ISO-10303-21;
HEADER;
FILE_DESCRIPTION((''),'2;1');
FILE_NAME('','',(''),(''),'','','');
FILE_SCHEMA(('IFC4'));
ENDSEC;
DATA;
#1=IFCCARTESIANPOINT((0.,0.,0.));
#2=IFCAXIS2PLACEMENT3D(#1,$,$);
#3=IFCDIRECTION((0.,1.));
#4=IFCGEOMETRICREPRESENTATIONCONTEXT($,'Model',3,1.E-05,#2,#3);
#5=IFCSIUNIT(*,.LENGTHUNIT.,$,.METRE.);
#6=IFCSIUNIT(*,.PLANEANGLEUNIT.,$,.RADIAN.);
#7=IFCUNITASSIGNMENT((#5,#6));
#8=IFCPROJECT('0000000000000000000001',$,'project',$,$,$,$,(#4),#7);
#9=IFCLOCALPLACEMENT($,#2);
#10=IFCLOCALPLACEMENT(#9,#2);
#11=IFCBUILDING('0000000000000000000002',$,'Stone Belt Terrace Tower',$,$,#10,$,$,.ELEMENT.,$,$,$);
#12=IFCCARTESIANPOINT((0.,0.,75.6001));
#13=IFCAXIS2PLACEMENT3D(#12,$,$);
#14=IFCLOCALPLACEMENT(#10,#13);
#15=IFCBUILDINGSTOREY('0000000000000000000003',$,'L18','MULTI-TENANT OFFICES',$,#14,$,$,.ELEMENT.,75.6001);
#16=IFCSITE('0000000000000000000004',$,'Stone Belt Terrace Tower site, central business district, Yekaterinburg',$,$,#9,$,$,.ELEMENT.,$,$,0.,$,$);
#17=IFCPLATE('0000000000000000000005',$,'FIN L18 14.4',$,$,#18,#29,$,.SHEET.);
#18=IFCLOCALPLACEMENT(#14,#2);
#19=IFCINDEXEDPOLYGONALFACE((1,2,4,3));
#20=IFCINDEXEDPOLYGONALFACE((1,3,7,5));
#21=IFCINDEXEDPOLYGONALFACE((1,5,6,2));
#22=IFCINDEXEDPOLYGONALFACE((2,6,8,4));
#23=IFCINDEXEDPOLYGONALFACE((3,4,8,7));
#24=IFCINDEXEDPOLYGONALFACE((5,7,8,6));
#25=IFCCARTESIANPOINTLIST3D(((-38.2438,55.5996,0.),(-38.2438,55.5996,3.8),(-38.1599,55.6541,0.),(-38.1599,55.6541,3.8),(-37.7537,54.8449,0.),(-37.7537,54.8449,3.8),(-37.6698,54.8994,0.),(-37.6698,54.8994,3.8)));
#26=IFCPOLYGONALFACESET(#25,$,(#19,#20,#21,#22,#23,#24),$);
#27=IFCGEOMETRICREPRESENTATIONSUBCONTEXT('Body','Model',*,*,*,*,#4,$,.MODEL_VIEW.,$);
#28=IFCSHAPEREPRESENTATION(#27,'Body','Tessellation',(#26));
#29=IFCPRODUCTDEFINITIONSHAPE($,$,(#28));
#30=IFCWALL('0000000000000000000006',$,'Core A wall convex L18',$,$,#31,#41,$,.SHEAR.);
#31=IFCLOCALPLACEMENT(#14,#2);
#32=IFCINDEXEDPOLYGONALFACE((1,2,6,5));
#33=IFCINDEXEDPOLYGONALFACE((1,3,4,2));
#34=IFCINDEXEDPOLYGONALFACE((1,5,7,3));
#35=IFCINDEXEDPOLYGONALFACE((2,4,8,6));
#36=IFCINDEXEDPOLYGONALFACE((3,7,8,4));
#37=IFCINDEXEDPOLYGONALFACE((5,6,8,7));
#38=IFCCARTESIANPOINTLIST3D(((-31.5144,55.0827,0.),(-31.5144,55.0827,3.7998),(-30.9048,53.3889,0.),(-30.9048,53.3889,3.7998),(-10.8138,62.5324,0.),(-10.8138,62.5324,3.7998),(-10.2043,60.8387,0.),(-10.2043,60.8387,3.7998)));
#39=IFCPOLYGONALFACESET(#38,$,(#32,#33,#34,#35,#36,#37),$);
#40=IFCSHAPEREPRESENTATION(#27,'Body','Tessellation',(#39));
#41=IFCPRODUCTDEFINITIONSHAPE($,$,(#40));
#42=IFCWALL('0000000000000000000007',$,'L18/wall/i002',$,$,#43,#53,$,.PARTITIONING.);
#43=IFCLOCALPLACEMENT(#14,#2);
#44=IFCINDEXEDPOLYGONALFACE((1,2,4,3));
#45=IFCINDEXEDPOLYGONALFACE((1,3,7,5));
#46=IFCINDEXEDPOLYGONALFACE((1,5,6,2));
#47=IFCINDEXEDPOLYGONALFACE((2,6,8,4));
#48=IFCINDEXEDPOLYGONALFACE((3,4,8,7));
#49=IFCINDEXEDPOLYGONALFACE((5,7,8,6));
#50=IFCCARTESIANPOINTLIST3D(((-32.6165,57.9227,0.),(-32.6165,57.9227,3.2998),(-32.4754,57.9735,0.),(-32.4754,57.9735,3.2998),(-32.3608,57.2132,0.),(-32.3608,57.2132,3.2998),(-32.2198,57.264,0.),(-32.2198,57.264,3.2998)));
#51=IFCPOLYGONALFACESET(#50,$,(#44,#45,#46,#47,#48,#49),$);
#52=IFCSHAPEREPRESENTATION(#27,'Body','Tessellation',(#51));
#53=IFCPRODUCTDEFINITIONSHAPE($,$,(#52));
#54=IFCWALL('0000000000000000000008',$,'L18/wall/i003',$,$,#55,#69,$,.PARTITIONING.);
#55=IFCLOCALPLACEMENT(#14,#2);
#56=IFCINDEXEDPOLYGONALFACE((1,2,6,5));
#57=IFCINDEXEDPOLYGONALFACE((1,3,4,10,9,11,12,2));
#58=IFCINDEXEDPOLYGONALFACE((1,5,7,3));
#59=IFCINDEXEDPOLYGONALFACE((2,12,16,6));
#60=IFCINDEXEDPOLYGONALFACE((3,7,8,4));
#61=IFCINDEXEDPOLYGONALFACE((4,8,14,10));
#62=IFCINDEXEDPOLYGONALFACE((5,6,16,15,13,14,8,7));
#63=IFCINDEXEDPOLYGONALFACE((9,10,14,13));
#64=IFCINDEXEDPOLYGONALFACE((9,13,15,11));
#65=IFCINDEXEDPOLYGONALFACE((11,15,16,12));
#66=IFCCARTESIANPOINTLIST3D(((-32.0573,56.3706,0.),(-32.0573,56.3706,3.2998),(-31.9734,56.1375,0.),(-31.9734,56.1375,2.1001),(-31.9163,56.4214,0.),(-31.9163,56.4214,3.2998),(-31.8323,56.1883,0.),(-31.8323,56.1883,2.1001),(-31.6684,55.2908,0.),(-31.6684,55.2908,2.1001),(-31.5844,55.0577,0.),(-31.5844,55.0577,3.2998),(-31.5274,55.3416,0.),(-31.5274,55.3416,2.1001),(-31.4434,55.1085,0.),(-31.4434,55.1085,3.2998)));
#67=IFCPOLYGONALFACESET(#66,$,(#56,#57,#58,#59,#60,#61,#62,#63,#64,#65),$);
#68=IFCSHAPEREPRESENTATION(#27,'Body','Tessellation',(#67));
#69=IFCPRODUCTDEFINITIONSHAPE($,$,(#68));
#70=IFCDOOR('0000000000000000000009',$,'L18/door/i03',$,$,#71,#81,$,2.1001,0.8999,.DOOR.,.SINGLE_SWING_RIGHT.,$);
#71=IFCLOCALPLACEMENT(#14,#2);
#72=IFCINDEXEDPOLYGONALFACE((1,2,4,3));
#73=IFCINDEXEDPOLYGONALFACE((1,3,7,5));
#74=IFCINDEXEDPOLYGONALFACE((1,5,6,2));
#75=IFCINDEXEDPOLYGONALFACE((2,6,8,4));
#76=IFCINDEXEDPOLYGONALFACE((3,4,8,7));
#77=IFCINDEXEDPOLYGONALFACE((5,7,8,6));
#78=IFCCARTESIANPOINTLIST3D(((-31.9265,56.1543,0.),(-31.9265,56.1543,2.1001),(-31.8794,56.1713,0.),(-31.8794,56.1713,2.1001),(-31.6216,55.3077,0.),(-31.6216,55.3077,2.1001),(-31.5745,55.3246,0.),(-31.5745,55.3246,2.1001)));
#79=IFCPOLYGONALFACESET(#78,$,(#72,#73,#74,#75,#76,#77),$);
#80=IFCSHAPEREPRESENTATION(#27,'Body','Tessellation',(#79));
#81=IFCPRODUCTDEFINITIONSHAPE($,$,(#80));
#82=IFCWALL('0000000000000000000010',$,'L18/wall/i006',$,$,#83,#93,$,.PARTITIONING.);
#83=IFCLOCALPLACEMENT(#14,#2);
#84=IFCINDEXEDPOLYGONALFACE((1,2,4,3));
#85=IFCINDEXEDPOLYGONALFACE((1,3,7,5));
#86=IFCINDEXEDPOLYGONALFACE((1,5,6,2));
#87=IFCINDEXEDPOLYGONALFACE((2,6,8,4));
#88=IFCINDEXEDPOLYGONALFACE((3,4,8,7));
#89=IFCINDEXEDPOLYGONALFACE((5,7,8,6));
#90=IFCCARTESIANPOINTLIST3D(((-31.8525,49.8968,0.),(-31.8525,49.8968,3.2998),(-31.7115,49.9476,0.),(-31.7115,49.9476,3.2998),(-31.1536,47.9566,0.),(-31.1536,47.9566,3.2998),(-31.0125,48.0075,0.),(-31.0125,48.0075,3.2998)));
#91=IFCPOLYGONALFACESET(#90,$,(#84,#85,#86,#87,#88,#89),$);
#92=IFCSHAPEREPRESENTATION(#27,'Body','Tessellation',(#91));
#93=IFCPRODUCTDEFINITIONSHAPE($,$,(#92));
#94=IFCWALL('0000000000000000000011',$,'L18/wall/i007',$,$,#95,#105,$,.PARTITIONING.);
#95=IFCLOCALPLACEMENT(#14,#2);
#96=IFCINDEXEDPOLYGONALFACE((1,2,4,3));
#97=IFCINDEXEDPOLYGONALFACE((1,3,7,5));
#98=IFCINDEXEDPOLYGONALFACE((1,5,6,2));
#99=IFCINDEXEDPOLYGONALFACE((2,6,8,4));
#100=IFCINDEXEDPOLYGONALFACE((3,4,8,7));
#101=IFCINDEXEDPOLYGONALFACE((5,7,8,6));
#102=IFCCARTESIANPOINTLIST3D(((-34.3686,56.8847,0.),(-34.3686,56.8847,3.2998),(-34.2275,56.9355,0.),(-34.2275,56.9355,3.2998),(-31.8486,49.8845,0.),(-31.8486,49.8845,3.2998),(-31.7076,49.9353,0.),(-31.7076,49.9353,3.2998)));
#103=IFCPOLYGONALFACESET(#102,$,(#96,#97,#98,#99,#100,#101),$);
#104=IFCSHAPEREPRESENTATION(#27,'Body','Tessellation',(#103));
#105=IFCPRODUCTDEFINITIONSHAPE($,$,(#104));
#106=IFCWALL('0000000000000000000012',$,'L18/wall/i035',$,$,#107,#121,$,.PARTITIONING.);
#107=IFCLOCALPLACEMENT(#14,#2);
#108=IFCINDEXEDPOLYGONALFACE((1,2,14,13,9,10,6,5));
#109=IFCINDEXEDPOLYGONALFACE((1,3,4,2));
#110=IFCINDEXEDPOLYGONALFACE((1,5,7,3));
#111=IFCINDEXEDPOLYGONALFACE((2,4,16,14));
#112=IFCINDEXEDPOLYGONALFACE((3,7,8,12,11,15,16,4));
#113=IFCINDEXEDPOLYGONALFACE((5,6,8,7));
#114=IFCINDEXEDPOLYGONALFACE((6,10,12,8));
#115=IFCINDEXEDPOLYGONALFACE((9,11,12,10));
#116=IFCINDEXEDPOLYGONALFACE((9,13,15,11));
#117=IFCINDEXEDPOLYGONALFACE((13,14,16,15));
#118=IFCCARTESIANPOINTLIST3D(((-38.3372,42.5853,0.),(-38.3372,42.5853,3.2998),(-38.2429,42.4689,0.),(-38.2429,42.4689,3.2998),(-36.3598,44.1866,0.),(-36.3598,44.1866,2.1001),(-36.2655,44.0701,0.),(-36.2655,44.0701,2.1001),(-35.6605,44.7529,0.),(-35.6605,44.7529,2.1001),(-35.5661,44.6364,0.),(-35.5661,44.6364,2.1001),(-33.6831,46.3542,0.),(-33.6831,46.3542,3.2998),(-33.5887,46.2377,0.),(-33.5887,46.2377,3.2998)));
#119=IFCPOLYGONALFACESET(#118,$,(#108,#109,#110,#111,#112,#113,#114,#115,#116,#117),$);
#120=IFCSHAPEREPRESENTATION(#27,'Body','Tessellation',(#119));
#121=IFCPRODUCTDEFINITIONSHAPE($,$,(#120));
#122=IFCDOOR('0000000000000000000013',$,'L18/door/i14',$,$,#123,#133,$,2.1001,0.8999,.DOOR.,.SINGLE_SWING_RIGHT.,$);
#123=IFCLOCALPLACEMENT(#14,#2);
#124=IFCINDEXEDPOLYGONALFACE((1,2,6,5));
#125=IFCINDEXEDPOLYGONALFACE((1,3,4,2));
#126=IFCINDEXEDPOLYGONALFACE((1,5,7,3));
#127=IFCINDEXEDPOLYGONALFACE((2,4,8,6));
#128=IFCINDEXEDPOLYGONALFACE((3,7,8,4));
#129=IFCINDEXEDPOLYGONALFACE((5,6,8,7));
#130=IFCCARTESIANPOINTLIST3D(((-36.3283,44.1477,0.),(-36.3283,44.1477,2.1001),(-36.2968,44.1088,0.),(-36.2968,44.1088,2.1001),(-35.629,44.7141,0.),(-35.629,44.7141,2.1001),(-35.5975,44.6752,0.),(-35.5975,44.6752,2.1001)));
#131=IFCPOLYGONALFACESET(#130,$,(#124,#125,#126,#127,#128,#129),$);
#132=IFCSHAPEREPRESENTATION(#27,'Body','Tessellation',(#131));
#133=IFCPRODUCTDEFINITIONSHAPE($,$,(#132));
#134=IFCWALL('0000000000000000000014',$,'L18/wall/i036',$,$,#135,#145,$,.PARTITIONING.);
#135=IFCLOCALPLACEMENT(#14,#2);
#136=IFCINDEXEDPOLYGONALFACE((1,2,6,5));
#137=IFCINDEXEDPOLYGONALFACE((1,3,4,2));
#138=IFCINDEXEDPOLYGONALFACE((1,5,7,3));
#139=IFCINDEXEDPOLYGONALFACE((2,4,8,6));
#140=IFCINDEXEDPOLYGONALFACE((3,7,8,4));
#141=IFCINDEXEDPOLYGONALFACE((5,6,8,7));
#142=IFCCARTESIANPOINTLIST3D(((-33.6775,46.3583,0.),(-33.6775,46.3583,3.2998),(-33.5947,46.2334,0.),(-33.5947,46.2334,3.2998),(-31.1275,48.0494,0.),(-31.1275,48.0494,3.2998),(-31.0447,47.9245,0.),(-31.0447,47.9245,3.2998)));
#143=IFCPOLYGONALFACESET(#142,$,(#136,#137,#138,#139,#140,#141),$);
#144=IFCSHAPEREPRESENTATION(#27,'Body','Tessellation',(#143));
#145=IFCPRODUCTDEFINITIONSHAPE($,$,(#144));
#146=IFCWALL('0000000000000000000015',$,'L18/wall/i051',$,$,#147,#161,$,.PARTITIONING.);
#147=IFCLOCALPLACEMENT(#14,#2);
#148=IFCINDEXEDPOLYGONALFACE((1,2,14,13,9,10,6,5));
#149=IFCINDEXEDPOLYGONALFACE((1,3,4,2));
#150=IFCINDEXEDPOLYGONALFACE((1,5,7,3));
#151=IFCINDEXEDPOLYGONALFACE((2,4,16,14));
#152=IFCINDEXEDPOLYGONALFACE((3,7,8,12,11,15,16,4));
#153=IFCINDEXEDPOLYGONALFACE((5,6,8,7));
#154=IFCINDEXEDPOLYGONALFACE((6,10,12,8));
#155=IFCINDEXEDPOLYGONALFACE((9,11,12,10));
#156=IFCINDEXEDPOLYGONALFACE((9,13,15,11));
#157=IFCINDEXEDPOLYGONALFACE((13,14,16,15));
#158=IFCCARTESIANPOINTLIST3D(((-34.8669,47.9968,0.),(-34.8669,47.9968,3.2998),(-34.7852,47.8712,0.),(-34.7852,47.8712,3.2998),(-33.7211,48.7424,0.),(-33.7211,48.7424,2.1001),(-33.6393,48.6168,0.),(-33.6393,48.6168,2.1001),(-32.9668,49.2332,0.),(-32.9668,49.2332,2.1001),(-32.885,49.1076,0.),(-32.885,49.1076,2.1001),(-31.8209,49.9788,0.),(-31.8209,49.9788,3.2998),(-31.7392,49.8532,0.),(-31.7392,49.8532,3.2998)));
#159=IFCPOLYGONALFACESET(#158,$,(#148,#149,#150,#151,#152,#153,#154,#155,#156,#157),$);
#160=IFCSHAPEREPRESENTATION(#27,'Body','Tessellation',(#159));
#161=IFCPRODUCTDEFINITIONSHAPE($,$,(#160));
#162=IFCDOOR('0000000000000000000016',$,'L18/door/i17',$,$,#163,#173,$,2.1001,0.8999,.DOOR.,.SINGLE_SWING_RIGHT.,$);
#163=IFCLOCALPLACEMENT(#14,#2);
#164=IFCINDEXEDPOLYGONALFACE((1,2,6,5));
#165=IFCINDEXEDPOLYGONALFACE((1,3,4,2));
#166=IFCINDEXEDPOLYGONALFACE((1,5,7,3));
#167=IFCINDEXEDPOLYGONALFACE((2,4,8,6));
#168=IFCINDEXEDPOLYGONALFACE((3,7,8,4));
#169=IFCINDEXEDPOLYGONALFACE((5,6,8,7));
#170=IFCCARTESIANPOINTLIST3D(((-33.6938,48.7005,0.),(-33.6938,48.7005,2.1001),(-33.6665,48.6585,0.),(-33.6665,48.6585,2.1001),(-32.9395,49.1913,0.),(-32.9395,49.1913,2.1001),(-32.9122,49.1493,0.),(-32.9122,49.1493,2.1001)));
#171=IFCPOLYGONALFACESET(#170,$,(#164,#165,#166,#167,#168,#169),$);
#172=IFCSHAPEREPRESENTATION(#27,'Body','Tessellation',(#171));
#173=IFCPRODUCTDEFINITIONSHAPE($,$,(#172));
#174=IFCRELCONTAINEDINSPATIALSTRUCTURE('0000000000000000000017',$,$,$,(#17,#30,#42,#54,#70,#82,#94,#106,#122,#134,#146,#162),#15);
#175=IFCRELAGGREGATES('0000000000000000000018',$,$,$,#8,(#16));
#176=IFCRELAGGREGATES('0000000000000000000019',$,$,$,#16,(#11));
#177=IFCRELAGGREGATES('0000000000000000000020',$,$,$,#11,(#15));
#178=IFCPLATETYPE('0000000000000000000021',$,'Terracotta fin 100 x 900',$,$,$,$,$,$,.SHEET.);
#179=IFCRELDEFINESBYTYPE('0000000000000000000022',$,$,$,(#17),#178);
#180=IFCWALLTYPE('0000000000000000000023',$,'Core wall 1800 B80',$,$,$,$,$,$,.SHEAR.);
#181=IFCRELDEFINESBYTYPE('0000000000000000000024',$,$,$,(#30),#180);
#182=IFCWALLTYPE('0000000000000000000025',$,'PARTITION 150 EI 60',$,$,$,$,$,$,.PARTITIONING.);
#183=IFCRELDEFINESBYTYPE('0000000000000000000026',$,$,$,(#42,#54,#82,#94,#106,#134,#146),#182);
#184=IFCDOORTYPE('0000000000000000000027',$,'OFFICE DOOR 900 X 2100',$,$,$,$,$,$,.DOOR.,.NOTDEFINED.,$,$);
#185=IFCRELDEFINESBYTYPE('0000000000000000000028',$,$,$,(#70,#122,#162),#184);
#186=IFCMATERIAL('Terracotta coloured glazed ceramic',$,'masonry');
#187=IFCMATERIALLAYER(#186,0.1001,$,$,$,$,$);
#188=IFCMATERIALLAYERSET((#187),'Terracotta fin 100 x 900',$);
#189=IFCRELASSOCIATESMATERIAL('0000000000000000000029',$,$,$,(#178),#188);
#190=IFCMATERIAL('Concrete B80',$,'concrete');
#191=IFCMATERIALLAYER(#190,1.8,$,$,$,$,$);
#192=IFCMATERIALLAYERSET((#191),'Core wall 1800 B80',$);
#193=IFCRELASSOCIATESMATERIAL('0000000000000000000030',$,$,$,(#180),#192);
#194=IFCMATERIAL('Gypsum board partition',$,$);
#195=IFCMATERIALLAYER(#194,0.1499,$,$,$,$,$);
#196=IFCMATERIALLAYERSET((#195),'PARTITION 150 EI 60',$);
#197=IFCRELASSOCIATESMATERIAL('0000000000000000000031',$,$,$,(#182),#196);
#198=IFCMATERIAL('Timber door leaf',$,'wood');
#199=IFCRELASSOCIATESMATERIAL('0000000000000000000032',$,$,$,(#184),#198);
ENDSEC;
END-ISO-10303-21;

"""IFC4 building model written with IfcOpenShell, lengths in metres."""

from ifc_helpers import new_model, si_unit, direction, frame, frame_2d, origin, origin_2d, place, context, subcontext, project, spatial, rectangle, extrude, material, layer, layer_set, type_object, element, fill, save


model = new_model("IFC4")

# Units and contexts
model_context = context("Model", 3, precision=1e-05, world=origin(), true_north=direction((0.0, 1.0)))
body_context = subcontext(model_context, "Body", "Model", "MODEL_VIEW")
ifc_project = project(units=[si_unit("LENGTHUNIT", "METRE"), si_unit("PLANEANGLEUNIT", "RADIAN")], contexts=[model_context])

# Site, building, storey
site_placement = place(None, origin())
site = spatial("IfcSite", under=ifc_project, at=site_placement, Name="Stone Belt Terrace Tower site, central business district, Yekaterinburg", CompositionType="ELEMENT", RefElevation=0.0)
building_placement = place(site_placement, origin())
building = spatial("IfcBuilding", under=site, at=building_placement, Name="Stone Belt Terrace Tower", CompositionType="ELEMENT")
storey_placement = place(building_placement, frame((0.0, 0.0, 75.6001)))
storey = spatial("IfcBuildingStorey", under=building, at=storey_placement, Name="L18", Description="MULTI-TENANT OFFICES", CompositionType="ELEMENT", Elevation=75.6001)

# Shared definitions
ifc_material_1 = material(Name="Concrete B80", Category="concrete")

# Plate
ifc_material_2 = material(Name="Terracotta coloured glazed ceramic", Category="masonry")
ifc_layer_1 = layer(ifc_material_2, 0.1001)
ifc_layer_set_1 = layer_set([ifc_layer_1], Name="Terracotta fin 100 x 900")
plate_type_1 = type_object("IfcPlateType", Name="Terracotta fin 100 x 900", PredefinedType="SHEET", material=ifc_layer_set_1)
for number, where, z_axis, x_axis, name in (
    (1, (-37.9568, 55.2495, 0.0), (0.0, 0.0, 1.0), (-0.544639, 0.838671, 0.0), "FIN L18 14.4"),
):
    element("IfcPlate", number, at=place(storey_placement, frame(where, z_axis=z_axis, x_axis=x_axis)), inside=storey, type_object=plate_type_1, Name=name, PredefinedType="SHEET", context=body_context, shape_type="SweptSolid", body=[
        extrude(rectangle(XDim=0.8999, YDim=0.1001, at=origin_2d()), origin(), (0.0, 0.0, 1.0), 3.8),
    ])

# Walls
ifc_layer_2 = layer(ifc_material_1, 1.8)
ifc_layer_set_2 = layer_set([ifc_layer_2], Name="Core wall 1800 B80")
wall_type_1 = type_object("IfcWallType", Name="Core wall 1800 B80", PredefinedType="SHEAR", material=ifc_layer_set_2)
wall_1_placement = place(storey_placement, frame((-31.2095, 54.2358, 0.0), z_axis=(0.0, 0.0, 1.0), x_axis=(0.940923, 0.338621, 0.0)))
element("IfcWall", 2, at=wall_1_placement, inside=storey, type_object=wall_type_1, Name="Core A wall convex L18", PredefinedType="SHEAR", context=body_context, shape_type="SweptSolid", body=[
    extrude(rectangle(XDim=22.0002, YDim=1.8, at=frame_2d((11.0, 0.0))), origin(), (0.0, 0.0, 1.0), 3.7998),
])
ifc_material_3 = material(Name="Gypsum board partition")
ifc_layer_3 = layer(ifc_material_3, 0.1499)
ifc_layer_set_3 = layer_set([ifc_layer_3], Name="PARTITION 150 EI 60")
wall_type_2 = type_object("IfcWallType", Name="PARTITION 150 EI 60", PredefinedType="PARTITIONING", material=ifc_layer_set_3)
wall_2_placement = place(storey_placement, frame((-32.5459, 57.948, 0.0), z_axis=(0.0, 0.0, 1.0), x_axis=(0.33896, -0.940801, 0.0)))
element("IfcWall", 3, at=wall_2_placement, inside=storey, type_object=wall_type_2, Name="L18/wall/i002", PredefinedType="PARTITIONING", context=body_context, shape_type="SweptSolid", body=[
    extrude(rectangle(XDim=0.7542, YDim=0.1499, at=frame_2d((0.377, 0.0))), origin(), (0.0, 0.0, 1.0), 3.2998),
])

# Wall, opening, door
wall_3_placement = place(storey_placement, frame((-31.9868, 56.396, 0.0), z_axis=(0.0, 0.0, 1.0), x_axis=(0.338862, -0.940836, 0.0)))
wall_3 = element("IfcWall", 4, at=wall_3_placement, inside=storey, type_object=wall_type_2, Name="L18/wall/i003", PredefinedType="PARTITIONING", context=body_context, shape_type="SweptSolid", body=[
    extrude(rectangle(XDim=1.3955, YDim=0.1499, at=frame_2d((0.6978, 0.0))), origin(), (0.0, 0.0, 1.0), 3.2998),
])
opening_1_placement = place(wall_3_placement, frame((0.2478, 0.0, 0.0)))
opening_1 = element("IfcOpeningElement", 5, at=opening_1_placement, cuts=wall_3, PredefinedType="OPENING", context=body_context, shape_type="SweptSolid", body=[
    extrude(rectangle(XDim=0.8999, YDim=2.1001, at=frame_2d((0.45, 1.05))), frame((0.0, 0.085, 0.0), z_axis=(0.0, -1.0, 0.0), x_axis=(1.0, 0.0, 0.0)), (0.0, 0.0, 1.0), 0.1699),
])
ifc_material_4 = material(Name="Timber door leaf", Category="wood")
door_type = type_object("IfcDoorType", Name="OFFICE DOOR 900 X 2100", OperationType="NOTDEFINED", PredefinedType="DOOR", material=ifc_material_4)
door_1_placement = place(opening_1_placement, origin())
door_1 = element("IfcDoor", 6, at=door_1_placement, inside=storey, type_object=door_type, Name="L18/door/i03", OperationType="SINGLE_SWING_RIGHT", OverallHeight=2.1001, OverallWidth=0.8999, PredefinedType="DOOR", context=body_context, shape_type="SweptSolid", body=[
    extrude(rectangle(XDim=0.8999, YDim=2.1001, at=frame_2d((0.45, 1.05))), frame((0.0, 0.0249, 0.0), z_axis=(0.0, -1.0, 0.0), x_axis=(1.0, 0.0, 0.0)), (0.0, 0.0, 1.0), 0.05),
])
fill(opening_1, door_1)

# Walls
wall_4_placement = place(storey_placement, frame((-31.083, 47.9819, 0.0), z_axis=(0.0, 0.0, 1.0), x_axis=(-0.338937, 0.940809, 0.0)))
element("IfcWall", 7, at=wall_4_placement, inside=storey, type_object=wall_type_2, Name="L18/wall/i006", PredefinedType="PARTITIONING", context=body_context, shape_type="SweptSolid", body=[
    extrude(rectangle(XDim=2.0623, YDim=0.1499, at=frame_2d((1.0312, 0.0))), origin(), (0.0, 0.0, 1.0), 3.2998),
])
wall_5_placement = place(storey_placement, frame((-31.7781, 49.9099, 0.0), z_axis=(0.0, 0.0, 1.0), x_axis=(-0.338711, 0.94089, 0.0)))
element("IfcWall", 8, at=wall_5_placement, inside=storey, type_object=wall_type_2, Name="L18/wall/i007", PredefinedType="PARTITIONING", context=body_context, shape_type="SweptSolid", body=[
    extrude(rectangle(XDim=7.4399, YDim=0.1499, at=frame_2d((3.72, 0.0))), origin(), (0.0, 0.0, 1.0), 3.2998),
])

# Wall, opening, door
wall_6_placement = place(storey_placement, frame((-38.29, 42.5271, 0.0), z_axis=(0.0, 0.0, 1.0), x_axis=(0.777144, 0.629323, 0.0)))
wall_6 = element("IfcWall", 9, at=wall_6_placement, inside=storey, type_object=wall_type_2, Name="L18/wall/i035", PredefinedType="PARTITIONING", context=body_context, shape_type="SweptSolid", body=[
    extrude(rectangle(XDim=5.9888, YDim=0.1499, at=frame_2d((2.9944, 0.0))), origin(), (0.0, 0.0, 1.0), 3.2998),
])
opening_2_placement = place(wall_6_placement, frame((2.5444, 0.0, 0.0)))
opening_2 = element("IfcOpeningElement", 10, at=opening_2_placement, cuts=wall_6, PredefinedType="OPENING", context=body_context, shape_type="SweptSolid", body=[
    extrude(rectangle(XDim=0.8999, YDim=2.1001, at=frame_2d((0.45, 1.05))), frame((0.0, 0.085, 0.0), z_axis=(0.0, -1.0, 0.0), x_axis=(1.0, 0.0, 0.0)), (0.0, 0.0, 1.0), 0.1699),
])
door_2_placement = place(opening_2_placement, origin())
door_2 = element("IfcDoor", 11, at=door_2_placement, inside=storey, type_object=door_type, Name="L18/door/i14", OperationType="SINGLE_SWING_RIGHT", OverallHeight=2.1001, OverallWidth=0.8999, PredefinedType="DOOR", context=body_context, shape_type="SweptSolid", body=[
    extrude(rectangle(XDim=0.8999, YDim=2.1001, at=frame_2d((0.45, 1.05))), frame((0.0, 0.0249, 0.0), z_axis=(0.0, -1.0, 0.0), x_axis=(1.0, 0.0, 0.0)), (0.0, 0.0, 1.0), 0.05),
])
fill(opening_2, door_2)

# Wall
wall_7_placement = place(storey_placement, frame((-33.636, 46.2959, 0.0), z_axis=(0.0, 0.0, 1.0), x_axis=(0.833386, 0.552692, 0.0)))
element("IfcWall", 12, at=wall_7_placement, inside=storey, type_object=wall_type_2, Name="L18/wall/i036", PredefinedType="PARTITIONING", context=body_context, shape_type="SweptSolid", body=[
    extrude(rectangle(XDim=3.0598, YDim=0.1499, at=frame_2d((1.5298, 0.0))), origin(), (0.0, 0.0, 1.0), 3.2998),
])

# Wall, opening, door
wall_8_placement = place(storey_placement, frame((-34.8259, 47.9341, 0.0), z_axis=(0.0, 0.0, 1.0), x_axis=(0.83818, 0.545394, 0.0)))
wall_8 = element("IfcWall", 13, at=wall_8_placement, inside=storey, type_object=wall_type_2, Name="L18/wall/i051", PredefinedType="PARTITIONING", context=body_context, shape_type="SweptSolid", body=[
    extrude(rectangle(XDim=3.634, YDim=0.1499, at=frame_2d((1.8169, 0.0))), origin(), (0.0, 0.0, 1.0), 3.2998),
])
opening_3_placement = place(wall_8_placement, frame((1.3669, 0.0, 0.0)))
opening_3 = element("IfcOpeningElement", 14, at=opening_3_placement, cuts=wall_8, PredefinedType="OPENING", context=body_context, shape_type="SweptSolid", body=[
    extrude(rectangle(XDim=0.8999, YDim=2.1001, at=frame_2d((0.45, 1.05))), frame((0.0, 0.085, 0.0), z_axis=(0.0, -1.0, 0.0), x_axis=(1.0, 0.0, 0.0)), (0.0, 0.0, 1.0), 0.1699),
])
door_3_placement = place(opening_3_placement, origin())
door_3 = element("IfcDoor", 15, at=door_3_placement, inside=storey, type_object=door_type, Name="L18/door/i17", OperationType="SINGLE_SWING_RIGHT", OverallHeight=2.1001, OverallWidth=0.8999, PredefinedType="DOOR", context=body_context, shape_type="SweptSolid", body=[
    extrude(rectangle(XDim=0.8999, YDim=2.1001, at=frame_2d((0.45, 1.05))), frame((0.0, 0.0249, 0.0), z_axis=(0.0, -1.0, 0.0), x_axis=(1.0, 0.0, 0.0)), (0.0, 0.0, 1.0), 0.05),
])
fill(opening_3, door_3)

save(model, "model.ifc")
